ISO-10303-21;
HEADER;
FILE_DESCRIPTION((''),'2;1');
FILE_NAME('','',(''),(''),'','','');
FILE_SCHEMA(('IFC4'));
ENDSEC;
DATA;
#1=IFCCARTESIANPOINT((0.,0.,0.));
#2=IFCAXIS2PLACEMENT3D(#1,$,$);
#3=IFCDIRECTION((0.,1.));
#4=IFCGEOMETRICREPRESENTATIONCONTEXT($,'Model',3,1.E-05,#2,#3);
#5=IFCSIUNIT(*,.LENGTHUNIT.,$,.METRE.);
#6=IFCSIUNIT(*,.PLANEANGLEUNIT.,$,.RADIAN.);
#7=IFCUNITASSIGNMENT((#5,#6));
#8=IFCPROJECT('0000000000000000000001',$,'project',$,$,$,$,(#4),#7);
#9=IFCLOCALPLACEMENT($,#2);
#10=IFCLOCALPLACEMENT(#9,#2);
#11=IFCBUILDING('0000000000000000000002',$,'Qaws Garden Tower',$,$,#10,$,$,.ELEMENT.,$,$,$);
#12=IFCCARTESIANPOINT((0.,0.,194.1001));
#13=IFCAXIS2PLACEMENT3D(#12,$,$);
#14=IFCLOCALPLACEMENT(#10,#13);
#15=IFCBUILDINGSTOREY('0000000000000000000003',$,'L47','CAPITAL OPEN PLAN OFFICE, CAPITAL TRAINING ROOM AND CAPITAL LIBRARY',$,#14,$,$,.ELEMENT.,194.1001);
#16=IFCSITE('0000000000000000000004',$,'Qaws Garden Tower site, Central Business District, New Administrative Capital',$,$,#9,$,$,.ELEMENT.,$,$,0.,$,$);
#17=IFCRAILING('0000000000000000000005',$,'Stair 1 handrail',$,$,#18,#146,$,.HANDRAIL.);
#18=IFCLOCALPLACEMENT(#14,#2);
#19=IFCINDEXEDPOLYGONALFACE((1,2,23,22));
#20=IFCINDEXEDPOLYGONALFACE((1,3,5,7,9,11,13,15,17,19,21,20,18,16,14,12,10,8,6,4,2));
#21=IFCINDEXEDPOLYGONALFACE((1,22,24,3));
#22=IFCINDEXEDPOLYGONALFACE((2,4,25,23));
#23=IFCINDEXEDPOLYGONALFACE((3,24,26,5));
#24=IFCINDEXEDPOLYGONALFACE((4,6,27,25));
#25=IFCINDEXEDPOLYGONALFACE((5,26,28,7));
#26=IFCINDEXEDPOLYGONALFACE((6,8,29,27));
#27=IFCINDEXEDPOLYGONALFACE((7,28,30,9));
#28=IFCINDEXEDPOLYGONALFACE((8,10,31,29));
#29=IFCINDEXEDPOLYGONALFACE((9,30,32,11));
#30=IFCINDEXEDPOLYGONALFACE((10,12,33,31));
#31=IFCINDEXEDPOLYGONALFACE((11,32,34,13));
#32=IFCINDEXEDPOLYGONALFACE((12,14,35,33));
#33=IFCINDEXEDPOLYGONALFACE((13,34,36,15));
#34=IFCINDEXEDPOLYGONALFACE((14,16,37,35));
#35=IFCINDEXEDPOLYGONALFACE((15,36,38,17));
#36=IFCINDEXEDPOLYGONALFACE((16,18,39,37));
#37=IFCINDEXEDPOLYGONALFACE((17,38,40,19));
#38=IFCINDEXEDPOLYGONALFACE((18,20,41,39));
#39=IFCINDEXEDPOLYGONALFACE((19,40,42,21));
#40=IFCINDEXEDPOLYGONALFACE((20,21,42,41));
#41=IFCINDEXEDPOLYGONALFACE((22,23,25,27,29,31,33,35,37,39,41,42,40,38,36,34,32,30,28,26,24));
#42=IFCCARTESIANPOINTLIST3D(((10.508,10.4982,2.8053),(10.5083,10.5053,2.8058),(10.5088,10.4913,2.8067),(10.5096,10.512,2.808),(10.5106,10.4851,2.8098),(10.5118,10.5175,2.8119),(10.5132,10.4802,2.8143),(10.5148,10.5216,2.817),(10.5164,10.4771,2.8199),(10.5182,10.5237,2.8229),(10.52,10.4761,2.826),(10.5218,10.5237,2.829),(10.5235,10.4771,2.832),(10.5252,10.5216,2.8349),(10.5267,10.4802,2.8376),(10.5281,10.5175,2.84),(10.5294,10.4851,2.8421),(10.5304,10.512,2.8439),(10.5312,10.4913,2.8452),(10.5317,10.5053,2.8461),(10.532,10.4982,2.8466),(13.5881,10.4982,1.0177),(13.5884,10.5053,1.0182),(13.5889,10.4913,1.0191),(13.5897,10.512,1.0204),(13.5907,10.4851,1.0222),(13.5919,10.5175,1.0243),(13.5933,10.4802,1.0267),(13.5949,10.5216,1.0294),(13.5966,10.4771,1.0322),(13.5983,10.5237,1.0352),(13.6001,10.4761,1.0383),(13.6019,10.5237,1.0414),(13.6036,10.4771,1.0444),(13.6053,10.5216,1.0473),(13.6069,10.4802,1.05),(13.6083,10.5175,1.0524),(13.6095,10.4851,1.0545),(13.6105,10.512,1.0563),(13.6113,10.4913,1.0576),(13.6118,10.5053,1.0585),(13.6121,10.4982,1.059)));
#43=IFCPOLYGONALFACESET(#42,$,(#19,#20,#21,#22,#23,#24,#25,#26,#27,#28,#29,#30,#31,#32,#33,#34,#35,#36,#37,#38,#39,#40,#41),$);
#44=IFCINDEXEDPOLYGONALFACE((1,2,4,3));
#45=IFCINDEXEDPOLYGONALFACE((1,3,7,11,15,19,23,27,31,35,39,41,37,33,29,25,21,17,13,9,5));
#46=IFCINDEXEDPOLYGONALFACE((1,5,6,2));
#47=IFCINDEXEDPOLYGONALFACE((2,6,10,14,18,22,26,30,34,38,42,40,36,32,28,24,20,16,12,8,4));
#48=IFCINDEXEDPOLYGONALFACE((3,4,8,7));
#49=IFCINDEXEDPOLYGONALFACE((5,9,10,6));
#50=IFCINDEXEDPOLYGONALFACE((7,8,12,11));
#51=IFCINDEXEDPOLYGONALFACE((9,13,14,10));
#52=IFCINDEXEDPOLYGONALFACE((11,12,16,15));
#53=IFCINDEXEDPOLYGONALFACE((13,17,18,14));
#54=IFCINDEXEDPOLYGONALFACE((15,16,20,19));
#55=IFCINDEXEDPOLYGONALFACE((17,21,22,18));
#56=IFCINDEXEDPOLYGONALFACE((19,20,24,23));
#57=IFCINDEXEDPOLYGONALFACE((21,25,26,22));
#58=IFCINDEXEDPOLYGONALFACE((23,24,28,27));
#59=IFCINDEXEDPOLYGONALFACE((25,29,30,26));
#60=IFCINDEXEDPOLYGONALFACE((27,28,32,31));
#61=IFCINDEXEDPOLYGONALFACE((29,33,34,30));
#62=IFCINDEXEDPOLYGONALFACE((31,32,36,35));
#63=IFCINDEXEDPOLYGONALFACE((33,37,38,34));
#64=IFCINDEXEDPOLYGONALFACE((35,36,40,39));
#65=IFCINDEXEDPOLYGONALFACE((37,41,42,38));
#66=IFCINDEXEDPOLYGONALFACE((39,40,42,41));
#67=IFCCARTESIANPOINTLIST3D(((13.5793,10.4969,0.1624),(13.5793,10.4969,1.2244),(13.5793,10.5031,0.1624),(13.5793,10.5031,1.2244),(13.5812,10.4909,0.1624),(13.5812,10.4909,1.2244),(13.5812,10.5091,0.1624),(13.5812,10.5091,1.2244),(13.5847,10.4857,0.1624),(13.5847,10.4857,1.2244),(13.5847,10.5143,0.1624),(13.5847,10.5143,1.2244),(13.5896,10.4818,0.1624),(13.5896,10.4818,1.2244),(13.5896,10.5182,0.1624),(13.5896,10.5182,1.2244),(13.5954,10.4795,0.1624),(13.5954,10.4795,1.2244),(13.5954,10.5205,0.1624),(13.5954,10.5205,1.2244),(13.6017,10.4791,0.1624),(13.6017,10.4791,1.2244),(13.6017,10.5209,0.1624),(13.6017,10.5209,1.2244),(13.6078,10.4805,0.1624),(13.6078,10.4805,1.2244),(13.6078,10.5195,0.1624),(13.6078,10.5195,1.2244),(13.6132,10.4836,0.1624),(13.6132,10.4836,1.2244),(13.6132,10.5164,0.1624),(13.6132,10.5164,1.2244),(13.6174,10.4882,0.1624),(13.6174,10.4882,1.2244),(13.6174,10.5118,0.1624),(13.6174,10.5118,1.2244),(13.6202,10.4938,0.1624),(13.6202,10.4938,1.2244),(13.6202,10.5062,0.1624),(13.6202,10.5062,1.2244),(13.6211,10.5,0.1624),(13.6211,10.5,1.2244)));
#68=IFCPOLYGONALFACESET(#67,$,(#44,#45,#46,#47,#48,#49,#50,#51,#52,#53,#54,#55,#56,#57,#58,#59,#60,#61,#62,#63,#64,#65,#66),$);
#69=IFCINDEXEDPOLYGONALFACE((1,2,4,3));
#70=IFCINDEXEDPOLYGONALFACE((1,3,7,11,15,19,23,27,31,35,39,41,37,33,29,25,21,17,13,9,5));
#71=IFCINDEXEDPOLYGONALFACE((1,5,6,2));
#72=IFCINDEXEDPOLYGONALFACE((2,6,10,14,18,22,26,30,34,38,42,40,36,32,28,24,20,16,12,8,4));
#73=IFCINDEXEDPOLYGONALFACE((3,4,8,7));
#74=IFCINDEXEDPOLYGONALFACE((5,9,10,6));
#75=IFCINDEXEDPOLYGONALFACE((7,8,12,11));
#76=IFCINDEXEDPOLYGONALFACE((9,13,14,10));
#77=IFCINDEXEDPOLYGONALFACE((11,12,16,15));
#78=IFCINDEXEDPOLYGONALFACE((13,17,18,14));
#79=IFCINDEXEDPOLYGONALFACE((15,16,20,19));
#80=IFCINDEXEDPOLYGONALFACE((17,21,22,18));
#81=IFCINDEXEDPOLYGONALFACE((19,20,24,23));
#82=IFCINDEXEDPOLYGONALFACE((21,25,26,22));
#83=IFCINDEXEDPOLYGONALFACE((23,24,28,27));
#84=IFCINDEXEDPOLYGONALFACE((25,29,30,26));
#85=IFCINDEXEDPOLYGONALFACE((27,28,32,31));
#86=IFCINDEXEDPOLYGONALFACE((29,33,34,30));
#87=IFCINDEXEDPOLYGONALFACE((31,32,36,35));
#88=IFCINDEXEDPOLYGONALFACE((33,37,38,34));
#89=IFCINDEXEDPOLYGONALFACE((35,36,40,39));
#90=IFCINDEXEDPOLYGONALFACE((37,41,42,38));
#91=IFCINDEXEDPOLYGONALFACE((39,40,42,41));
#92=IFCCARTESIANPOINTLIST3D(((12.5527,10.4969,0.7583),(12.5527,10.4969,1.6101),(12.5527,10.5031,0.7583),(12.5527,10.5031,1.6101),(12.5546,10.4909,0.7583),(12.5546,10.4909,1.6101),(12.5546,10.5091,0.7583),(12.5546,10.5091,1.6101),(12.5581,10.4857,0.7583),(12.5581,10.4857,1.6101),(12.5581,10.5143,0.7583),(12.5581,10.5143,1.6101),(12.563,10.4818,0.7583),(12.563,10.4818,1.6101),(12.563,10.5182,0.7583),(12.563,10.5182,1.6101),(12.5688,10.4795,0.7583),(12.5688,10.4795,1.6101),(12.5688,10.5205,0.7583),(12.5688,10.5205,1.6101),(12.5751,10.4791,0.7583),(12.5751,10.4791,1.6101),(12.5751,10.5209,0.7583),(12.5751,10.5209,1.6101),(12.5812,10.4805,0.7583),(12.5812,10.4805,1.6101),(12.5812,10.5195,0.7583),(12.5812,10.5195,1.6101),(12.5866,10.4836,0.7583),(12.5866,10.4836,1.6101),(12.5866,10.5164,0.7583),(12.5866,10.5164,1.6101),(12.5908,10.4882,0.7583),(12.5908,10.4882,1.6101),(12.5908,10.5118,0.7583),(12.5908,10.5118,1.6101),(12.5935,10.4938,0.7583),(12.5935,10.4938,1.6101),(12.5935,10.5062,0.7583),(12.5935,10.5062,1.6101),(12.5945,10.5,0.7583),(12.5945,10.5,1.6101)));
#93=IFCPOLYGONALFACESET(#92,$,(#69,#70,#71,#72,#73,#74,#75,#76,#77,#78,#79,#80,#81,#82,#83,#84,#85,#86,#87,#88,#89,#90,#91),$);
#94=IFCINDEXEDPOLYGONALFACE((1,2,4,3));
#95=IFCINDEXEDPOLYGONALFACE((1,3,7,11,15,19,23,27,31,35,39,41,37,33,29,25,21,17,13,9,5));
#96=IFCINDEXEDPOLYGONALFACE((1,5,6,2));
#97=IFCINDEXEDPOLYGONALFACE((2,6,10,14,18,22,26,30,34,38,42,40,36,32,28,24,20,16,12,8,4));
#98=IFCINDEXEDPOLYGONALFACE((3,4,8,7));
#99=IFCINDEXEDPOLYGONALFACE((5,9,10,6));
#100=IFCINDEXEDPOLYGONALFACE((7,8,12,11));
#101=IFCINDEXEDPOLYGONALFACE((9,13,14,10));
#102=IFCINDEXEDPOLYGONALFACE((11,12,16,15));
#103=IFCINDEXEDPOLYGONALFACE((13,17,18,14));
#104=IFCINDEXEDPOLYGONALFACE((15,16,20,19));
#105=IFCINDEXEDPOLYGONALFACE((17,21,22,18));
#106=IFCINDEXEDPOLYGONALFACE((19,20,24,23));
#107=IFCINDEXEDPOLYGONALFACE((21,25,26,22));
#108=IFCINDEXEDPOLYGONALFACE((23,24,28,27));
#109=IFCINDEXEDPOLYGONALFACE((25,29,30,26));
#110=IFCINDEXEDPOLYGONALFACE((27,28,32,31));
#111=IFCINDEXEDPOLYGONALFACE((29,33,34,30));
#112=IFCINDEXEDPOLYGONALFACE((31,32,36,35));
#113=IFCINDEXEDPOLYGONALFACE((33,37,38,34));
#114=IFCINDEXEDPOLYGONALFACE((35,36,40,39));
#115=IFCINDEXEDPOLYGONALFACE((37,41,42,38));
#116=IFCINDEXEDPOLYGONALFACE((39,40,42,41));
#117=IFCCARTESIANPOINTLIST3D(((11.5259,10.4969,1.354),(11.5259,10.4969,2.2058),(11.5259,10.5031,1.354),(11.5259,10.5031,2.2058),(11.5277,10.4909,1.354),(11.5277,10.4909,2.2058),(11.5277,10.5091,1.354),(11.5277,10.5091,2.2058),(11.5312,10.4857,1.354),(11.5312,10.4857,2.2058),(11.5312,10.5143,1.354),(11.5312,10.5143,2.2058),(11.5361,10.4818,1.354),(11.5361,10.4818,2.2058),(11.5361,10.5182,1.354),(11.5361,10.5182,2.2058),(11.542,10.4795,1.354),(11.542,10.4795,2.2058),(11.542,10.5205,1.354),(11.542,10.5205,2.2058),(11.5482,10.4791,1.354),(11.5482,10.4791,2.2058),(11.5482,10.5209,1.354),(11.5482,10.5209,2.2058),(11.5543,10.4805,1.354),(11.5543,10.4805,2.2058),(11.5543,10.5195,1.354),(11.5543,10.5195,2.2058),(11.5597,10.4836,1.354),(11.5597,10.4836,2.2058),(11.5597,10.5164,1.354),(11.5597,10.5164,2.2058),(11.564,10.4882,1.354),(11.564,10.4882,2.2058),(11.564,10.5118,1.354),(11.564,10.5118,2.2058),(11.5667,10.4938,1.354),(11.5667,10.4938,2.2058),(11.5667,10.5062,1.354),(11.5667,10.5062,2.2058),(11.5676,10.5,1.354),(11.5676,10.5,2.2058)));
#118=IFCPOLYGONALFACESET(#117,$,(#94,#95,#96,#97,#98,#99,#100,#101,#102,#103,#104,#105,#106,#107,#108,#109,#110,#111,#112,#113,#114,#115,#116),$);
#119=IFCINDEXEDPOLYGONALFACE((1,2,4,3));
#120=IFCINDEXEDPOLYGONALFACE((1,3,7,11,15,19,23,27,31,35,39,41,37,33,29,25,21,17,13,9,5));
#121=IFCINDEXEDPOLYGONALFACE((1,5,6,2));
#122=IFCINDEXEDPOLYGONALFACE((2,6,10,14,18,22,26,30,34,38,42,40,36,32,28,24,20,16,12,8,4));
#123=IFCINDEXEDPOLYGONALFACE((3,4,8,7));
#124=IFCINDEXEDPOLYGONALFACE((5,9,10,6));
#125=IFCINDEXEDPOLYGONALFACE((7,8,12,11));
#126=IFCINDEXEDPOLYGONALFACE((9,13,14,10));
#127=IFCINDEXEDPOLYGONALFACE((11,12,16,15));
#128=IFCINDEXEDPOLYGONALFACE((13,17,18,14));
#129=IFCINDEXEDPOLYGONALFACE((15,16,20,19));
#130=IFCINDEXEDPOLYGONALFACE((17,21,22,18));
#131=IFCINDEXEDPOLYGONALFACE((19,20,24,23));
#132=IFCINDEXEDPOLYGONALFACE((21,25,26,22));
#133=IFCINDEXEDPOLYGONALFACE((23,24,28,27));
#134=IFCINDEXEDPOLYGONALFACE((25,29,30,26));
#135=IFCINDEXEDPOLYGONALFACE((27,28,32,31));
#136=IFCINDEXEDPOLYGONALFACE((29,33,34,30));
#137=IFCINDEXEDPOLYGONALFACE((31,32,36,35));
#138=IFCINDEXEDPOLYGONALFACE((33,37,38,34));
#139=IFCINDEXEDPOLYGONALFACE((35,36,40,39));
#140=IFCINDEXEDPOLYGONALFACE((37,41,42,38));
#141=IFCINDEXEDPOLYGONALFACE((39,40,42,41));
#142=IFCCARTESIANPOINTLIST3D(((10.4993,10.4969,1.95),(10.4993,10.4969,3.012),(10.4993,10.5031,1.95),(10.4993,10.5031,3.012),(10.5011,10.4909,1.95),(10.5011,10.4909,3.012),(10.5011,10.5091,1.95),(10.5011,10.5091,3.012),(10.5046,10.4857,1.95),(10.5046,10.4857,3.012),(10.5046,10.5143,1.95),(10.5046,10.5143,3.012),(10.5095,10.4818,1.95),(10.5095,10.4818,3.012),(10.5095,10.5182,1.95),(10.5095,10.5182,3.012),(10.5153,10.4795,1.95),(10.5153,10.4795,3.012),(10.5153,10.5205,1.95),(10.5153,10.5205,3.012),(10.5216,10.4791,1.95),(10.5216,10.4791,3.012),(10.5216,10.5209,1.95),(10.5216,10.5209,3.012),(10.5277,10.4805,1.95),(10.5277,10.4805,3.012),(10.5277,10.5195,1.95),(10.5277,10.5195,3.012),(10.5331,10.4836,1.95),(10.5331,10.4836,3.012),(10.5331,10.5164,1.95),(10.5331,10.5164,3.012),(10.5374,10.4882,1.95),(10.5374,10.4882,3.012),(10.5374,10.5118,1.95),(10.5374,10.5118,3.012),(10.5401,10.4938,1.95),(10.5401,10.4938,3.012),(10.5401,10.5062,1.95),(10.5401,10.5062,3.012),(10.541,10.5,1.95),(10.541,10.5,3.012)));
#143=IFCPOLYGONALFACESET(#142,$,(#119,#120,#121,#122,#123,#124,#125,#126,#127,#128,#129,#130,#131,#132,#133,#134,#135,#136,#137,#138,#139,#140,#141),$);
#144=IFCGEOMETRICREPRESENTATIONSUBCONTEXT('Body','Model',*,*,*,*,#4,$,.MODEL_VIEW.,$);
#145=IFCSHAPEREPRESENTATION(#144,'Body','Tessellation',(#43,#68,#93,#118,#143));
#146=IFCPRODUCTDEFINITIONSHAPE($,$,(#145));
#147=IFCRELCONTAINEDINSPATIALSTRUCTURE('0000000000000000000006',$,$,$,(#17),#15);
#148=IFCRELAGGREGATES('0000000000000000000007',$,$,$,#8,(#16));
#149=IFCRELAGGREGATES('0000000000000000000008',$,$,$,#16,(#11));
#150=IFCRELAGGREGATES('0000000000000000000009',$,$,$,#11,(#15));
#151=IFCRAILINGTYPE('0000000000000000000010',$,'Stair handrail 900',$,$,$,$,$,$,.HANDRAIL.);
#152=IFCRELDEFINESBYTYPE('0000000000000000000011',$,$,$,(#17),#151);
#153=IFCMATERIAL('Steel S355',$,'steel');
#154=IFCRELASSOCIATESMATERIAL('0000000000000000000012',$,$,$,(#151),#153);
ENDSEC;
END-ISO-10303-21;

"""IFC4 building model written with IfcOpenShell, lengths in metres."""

from ifc_helpers import new_model, si_unit, direction, frame, origin, origin_2d, place, context, subcontext, project, spatial, circle, extrude, material, type_object, element, save


model = new_model("IFC4")

# Units and contexts
model_context = context("Model", 3, precision=1e-05, world=origin(), true_north=direction((0.0, 1.0)))
body_context = subcontext(model_context, "Body", "Model", "MODEL_VIEW")
ifc_project = project(units=[si_unit("LENGTHUNIT", "METRE"), si_unit("PLANEANGLEUNIT", "RADIAN")], contexts=[model_context])

# Site, building, storey
site_placement = place(None, origin())
site = spatial("IfcSite", under=ifc_project, at=site_placement, Name="Qaws Garden Tower site, Central Business District, New Administrative Capital", CompositionType="ELEMENT", RefElevation=0.0)
building_placement = place(site_placement, origin())
building = spatial("IfcBuilding", under=site, at=building_placement, Name="Qaws Garden Tower", CompositionType="ELEMENT")
storey_placement = place(building_placement, frame((0.0, 0.0, 194.1001)))
storey = spatial("IfcBuildingStorey", under=building, at=storey_placement, Name="L47", Description="CAPITAL OPEN PLAN OFFICE, CAPITAL TRAINING ROOM AND CAPITAL LIBRARY", CompositionType="ELEMENT", Elevation=194.1001)

# Railing
ifc_material_1 = material(Name="Steel S355", Category="steel")
railing_type = type_object("IfcRailingType", Name="Stair handrail 900", PredefinedType="HANDRAIL", material=ifc_material_1)
railing_1_placement = place(storey_placement, frame((13.6001, 10.5, 0.1624)))
element("IfcRailing", 1, at=railing_1_placement, inside=storey, type_object=railing_type, Name="Stair 1 handrail", PredefinedType="HANDRAIL", context=body_context, shape_type="SweptSolid", body=[
    extrude(circle(Radius=0.0239, at=origin_2d()), frame((0.0, 0.0, 0.876), z_axis=(-0.864891, 0.0, 0.50196), x_axis=(0.0, -1.0, 0.0)), (0.0, 0.0, 1.0), 3.5613),
    extrude(circle(Radius=0.021, at=origin_2d()), origin(), (0.0, 0.0, 1.0), 1.062),
    extrude(circle(Radius=0.021, at=origin_2d()), frame((-1.0266, 0.0, 0.5959)), (0.0, 0.0, 1.0), 0.8518),
    extrude(circle(Radius=0.021, at=origin_2d()), frame((-2.0535, 0.0, 1.1917)), (0.0, 0.0, 1.0), 0.8518),
    extrude(circle(Radius=0.021, at=origin_2d()), frame((-3.0801, 0.0, 1.7876)), (0.0, 0.0, 1.0), 1.062),
])

save(model, "model.ifc")
